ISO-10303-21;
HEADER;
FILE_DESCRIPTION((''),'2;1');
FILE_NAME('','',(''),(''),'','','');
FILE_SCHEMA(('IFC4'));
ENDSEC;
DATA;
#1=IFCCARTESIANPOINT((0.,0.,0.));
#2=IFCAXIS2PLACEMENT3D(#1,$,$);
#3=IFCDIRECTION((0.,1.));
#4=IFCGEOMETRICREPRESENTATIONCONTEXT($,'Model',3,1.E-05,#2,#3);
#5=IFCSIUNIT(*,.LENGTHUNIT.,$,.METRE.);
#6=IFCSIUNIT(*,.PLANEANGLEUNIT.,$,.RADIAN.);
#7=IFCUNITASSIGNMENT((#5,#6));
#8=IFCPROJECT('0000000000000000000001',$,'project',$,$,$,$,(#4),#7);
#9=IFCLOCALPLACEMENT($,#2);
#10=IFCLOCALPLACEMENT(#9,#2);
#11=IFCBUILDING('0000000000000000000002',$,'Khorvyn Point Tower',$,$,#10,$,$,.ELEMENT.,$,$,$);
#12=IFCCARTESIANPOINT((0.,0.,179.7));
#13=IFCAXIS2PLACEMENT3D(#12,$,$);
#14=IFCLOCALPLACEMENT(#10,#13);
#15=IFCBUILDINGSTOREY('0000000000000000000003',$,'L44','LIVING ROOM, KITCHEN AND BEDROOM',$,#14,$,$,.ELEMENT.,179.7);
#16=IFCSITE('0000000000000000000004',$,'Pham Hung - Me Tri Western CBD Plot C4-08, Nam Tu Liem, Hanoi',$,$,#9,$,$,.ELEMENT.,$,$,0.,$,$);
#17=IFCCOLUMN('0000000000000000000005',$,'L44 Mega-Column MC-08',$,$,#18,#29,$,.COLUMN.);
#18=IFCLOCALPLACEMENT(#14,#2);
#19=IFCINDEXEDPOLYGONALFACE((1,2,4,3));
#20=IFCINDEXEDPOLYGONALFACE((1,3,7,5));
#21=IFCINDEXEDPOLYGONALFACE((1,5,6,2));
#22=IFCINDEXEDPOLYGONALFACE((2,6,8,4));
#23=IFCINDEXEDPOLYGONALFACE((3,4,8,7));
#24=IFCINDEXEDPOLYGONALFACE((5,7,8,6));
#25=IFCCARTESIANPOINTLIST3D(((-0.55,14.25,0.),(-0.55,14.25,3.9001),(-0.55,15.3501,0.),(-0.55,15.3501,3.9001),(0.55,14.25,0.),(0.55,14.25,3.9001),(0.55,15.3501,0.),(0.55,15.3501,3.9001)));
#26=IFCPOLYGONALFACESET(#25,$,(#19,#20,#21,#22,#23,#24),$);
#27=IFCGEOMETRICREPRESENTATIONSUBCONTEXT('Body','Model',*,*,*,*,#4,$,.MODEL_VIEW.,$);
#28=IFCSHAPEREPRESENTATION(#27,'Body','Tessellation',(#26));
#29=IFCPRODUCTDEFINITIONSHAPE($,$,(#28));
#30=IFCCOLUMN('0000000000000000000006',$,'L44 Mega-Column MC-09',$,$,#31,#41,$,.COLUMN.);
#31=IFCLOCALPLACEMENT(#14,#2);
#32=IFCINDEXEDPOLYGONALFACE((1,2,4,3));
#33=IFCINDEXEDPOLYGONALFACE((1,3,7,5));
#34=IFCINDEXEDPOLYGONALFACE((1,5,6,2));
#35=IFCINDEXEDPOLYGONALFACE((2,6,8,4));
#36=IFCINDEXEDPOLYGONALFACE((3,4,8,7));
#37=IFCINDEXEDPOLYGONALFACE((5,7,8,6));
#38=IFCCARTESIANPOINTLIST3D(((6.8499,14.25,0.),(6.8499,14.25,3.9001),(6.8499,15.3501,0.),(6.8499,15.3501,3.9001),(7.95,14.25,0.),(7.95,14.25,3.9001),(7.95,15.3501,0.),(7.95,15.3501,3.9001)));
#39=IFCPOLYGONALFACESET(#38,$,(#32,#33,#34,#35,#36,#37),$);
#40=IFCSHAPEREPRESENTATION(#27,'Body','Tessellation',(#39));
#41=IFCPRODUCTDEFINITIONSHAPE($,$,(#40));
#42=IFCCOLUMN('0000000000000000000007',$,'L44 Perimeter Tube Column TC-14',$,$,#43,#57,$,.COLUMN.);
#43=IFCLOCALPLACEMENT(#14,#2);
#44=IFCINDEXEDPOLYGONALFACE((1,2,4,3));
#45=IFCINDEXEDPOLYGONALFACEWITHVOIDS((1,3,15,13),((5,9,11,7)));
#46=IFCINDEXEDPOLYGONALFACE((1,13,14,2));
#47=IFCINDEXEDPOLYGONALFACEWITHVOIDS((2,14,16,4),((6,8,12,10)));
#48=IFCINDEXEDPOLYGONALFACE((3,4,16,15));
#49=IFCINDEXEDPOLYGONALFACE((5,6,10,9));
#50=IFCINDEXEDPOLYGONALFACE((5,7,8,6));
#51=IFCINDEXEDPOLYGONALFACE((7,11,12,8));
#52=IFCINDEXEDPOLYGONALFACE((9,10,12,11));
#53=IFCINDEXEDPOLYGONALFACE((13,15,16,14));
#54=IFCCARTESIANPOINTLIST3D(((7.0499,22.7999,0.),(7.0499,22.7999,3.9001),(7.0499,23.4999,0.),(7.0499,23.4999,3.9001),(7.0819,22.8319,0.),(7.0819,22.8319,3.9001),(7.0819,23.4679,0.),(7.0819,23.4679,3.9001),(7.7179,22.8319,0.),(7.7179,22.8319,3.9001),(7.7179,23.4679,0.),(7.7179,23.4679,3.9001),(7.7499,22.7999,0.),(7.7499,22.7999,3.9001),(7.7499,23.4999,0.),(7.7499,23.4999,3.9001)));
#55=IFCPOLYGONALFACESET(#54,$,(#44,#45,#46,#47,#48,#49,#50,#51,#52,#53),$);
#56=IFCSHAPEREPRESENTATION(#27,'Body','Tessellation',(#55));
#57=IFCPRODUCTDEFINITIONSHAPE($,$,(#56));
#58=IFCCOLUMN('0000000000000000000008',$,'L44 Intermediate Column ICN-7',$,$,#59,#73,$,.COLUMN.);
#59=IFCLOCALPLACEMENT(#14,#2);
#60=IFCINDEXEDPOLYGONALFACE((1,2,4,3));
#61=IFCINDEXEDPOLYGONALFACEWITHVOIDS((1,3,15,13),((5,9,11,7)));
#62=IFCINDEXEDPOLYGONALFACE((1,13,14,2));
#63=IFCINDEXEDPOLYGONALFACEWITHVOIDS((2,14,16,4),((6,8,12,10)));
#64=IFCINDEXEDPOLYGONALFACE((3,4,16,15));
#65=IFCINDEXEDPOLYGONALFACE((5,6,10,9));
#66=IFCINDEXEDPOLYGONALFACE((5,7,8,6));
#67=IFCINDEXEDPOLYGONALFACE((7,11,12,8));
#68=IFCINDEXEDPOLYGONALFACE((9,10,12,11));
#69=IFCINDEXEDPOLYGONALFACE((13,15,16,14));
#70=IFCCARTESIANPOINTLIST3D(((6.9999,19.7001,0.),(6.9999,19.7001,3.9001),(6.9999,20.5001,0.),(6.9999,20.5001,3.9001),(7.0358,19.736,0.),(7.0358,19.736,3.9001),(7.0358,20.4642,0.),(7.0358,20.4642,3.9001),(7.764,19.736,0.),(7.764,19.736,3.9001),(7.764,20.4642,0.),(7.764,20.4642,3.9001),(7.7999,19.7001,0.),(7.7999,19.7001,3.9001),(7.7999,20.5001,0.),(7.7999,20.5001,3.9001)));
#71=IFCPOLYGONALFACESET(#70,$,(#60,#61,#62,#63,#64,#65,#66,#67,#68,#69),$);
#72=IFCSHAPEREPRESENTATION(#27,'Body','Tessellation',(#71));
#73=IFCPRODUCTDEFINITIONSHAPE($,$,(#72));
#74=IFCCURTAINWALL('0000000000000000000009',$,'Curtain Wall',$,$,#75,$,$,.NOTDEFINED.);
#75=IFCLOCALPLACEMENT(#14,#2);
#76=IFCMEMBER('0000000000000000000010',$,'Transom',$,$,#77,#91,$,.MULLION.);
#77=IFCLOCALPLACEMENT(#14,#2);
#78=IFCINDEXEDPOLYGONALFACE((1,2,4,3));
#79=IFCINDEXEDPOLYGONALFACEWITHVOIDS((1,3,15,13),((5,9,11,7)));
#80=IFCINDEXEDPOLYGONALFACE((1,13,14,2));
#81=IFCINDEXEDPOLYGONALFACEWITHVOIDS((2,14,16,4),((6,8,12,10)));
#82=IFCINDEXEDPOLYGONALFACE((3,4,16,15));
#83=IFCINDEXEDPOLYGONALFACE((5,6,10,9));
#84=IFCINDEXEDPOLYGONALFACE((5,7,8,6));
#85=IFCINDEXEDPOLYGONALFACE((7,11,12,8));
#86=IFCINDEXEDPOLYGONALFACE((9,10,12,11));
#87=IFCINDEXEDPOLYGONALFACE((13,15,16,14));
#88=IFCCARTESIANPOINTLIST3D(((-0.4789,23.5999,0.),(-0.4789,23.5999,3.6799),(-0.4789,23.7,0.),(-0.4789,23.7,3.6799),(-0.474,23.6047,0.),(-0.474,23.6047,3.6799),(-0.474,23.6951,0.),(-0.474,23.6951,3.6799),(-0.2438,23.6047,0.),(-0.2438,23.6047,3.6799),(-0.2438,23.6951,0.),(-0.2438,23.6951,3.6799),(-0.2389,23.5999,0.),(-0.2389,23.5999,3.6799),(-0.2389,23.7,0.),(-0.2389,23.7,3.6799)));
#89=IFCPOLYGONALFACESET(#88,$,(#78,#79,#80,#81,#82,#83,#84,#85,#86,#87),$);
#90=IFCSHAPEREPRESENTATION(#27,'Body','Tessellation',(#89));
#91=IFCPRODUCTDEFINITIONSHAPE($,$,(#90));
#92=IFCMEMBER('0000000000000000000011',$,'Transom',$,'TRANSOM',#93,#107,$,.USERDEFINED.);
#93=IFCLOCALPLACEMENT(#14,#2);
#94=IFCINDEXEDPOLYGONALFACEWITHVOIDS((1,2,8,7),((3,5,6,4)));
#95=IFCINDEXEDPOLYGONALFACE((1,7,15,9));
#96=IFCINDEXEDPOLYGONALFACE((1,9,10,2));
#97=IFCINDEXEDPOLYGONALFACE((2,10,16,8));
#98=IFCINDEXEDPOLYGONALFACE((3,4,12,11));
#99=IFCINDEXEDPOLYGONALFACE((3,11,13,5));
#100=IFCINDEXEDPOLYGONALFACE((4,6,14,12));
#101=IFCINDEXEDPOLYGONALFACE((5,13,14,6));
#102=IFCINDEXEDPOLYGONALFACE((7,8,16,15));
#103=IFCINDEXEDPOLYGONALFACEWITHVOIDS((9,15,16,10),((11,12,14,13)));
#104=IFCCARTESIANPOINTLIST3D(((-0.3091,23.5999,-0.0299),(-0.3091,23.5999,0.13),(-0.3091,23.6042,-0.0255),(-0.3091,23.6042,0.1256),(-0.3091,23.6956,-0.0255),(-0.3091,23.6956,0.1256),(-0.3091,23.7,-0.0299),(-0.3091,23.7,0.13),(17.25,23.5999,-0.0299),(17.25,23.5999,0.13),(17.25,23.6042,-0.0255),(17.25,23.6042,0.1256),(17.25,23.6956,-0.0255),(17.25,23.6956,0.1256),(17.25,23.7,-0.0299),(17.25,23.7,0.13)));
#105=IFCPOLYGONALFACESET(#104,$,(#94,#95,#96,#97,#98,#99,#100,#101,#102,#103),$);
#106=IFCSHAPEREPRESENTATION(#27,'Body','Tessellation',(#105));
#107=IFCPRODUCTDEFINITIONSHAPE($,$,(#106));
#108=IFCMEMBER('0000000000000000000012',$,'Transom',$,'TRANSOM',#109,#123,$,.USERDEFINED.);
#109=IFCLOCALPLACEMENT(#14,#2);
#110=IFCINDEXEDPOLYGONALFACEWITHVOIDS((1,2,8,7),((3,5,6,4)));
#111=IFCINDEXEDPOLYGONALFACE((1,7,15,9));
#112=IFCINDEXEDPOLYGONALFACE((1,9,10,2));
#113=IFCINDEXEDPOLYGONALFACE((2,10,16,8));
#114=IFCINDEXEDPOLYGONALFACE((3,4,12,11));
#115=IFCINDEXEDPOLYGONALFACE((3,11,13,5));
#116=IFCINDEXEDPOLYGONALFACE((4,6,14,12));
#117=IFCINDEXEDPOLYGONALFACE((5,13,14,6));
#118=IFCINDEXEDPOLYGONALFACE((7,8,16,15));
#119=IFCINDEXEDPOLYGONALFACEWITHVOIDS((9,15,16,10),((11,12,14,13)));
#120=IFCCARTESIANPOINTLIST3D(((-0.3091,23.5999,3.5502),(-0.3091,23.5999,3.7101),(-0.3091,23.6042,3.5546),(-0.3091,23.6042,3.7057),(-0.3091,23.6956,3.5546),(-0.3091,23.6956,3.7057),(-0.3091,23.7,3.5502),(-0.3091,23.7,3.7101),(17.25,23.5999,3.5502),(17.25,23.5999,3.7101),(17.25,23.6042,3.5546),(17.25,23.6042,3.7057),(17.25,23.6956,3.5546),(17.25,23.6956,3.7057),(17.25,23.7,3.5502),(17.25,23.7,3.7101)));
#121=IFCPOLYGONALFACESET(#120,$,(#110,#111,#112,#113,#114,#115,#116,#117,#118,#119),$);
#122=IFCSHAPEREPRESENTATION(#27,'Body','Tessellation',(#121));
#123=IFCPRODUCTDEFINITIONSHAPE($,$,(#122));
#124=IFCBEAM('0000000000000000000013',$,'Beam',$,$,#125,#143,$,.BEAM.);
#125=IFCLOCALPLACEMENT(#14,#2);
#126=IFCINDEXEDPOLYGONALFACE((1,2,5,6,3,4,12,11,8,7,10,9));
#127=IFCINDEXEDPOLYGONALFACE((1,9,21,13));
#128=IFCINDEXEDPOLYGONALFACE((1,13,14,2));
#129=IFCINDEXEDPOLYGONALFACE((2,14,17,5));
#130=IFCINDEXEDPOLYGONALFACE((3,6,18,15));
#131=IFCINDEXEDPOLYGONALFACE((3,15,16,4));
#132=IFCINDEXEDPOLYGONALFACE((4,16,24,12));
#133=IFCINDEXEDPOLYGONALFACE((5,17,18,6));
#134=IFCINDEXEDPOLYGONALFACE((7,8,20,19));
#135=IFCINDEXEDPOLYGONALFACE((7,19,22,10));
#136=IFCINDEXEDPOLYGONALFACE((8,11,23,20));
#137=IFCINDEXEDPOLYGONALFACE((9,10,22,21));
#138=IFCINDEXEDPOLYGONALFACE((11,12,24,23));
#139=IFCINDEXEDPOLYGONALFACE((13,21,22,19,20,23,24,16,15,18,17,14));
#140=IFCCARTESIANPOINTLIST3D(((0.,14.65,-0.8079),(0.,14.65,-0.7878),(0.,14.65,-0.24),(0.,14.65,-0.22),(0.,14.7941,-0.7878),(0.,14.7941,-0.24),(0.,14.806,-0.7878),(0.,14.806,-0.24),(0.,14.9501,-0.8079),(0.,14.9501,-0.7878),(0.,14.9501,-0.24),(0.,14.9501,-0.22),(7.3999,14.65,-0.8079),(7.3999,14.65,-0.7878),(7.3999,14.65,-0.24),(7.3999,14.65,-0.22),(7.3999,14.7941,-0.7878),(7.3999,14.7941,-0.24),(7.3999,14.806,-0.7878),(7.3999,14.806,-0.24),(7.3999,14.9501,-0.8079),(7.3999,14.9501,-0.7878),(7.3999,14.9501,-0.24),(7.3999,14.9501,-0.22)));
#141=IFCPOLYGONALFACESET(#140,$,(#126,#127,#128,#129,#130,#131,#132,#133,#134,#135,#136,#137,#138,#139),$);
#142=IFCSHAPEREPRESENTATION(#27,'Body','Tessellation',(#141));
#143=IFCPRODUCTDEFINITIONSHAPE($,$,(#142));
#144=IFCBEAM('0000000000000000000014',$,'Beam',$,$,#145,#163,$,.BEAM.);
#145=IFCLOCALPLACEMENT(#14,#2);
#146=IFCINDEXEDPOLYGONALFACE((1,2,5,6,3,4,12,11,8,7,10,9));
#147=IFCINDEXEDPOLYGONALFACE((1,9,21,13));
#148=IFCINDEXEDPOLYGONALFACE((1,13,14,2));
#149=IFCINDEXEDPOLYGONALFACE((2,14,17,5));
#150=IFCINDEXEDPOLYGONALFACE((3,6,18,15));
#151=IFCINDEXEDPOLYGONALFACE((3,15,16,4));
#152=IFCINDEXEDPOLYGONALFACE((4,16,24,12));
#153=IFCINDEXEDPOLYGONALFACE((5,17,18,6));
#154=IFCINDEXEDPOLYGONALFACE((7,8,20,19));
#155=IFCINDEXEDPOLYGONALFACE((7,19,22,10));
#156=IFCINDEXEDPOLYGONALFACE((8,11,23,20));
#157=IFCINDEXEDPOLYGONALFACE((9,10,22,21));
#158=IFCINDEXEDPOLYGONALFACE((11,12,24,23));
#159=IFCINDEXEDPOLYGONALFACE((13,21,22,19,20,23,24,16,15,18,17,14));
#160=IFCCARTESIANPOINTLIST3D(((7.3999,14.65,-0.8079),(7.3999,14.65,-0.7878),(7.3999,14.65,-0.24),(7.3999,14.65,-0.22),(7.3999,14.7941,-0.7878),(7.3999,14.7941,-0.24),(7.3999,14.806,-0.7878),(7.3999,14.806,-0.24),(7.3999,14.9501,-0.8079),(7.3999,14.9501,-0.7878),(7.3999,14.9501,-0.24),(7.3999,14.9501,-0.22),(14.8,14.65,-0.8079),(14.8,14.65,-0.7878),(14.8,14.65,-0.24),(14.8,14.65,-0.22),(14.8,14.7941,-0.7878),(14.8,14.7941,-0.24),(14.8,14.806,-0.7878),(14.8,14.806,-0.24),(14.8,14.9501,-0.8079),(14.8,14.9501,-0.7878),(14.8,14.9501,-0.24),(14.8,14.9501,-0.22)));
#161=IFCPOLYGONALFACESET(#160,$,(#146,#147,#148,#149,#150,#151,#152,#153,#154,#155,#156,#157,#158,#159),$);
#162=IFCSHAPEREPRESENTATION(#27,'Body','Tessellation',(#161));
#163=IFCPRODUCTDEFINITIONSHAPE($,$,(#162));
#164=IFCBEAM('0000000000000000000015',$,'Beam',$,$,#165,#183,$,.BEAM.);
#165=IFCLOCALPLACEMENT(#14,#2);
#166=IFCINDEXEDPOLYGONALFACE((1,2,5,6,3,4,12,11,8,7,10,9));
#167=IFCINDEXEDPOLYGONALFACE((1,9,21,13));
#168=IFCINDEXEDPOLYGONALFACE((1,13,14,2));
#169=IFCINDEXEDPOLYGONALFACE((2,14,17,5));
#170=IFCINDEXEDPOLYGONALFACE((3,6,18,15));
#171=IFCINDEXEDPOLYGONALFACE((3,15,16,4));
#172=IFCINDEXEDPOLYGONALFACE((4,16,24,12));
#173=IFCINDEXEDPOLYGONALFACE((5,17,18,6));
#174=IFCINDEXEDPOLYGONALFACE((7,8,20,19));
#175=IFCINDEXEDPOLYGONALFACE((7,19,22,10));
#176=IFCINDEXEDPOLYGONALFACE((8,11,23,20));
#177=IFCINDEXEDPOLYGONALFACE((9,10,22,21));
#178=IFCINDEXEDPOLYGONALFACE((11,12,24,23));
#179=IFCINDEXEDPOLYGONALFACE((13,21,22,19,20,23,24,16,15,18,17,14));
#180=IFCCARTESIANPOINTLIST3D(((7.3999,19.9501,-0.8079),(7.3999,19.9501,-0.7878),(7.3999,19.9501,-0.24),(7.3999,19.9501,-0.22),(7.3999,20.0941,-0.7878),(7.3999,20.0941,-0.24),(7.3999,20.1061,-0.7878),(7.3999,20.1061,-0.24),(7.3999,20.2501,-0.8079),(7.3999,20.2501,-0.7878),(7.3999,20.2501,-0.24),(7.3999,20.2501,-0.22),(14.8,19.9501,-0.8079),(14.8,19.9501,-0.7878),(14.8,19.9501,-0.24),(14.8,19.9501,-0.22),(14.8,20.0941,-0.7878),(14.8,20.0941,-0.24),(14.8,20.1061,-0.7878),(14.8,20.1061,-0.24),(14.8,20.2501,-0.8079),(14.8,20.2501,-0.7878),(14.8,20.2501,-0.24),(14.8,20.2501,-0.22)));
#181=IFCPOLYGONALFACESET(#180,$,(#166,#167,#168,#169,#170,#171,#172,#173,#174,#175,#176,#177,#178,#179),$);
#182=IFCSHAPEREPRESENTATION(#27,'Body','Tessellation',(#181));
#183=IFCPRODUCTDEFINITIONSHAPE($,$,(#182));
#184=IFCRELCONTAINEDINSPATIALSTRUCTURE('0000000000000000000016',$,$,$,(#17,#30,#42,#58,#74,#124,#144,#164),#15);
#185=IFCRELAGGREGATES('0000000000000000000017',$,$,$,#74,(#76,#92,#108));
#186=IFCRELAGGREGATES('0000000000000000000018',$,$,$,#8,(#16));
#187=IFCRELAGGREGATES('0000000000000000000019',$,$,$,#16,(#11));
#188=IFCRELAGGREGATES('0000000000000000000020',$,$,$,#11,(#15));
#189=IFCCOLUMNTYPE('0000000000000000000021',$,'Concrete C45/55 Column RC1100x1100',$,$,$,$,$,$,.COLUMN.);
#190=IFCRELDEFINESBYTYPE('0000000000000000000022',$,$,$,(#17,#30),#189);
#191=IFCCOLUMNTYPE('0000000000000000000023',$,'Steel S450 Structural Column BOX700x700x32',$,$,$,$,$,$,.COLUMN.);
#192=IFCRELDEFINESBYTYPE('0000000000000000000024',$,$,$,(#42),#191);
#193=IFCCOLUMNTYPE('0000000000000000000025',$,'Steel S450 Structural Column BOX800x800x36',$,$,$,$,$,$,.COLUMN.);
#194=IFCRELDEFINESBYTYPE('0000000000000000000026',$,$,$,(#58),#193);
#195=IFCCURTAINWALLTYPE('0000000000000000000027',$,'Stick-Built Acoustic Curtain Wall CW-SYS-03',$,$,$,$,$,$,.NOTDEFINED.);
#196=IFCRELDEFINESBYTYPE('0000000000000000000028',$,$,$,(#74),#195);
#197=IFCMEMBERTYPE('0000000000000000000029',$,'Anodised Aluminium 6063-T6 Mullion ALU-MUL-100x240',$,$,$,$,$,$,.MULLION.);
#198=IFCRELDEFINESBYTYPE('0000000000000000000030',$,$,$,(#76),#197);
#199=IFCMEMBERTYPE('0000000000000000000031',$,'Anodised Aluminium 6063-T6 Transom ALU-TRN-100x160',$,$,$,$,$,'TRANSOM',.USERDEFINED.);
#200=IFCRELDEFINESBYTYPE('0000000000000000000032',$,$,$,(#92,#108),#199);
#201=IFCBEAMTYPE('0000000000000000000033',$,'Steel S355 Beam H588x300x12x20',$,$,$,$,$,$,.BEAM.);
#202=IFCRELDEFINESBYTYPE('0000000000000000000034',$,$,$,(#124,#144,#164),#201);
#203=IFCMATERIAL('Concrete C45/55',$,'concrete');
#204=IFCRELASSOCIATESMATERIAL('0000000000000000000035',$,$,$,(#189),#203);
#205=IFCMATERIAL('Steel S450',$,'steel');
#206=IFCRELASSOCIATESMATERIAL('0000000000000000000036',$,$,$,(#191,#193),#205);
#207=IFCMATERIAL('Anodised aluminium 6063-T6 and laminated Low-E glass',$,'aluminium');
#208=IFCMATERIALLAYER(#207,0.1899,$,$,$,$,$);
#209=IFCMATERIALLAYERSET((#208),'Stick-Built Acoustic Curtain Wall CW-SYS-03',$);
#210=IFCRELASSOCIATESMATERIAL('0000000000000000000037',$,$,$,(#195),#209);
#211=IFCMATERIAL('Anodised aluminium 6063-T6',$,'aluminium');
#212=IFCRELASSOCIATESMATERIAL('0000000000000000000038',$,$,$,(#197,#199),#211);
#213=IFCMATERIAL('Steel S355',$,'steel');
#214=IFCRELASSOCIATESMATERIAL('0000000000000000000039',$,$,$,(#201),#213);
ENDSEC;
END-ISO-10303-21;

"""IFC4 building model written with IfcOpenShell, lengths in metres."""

from ifc_helpers import new_model, si_unit, direction, frame, origin, origin_2d, place, context, subcontext, project, spatial, rectangle, hollow_rectangle, i_section, extrude, material, layer, layer_set, material_profile, profile_set, type_object, element, aggregate, save


model = new_model("IFC4")

# Units and contexts
model_context = context("Model", 3, precision=1e-05, world=origin(), true_north=direction((0.0, 1.0)))
body_context = subcontext(model_context, "Body", "Model", "MODEL_VIEW")
ifc_project = project(units=[si_unit("LENGTHUNIT", "METRE"), si_unit("PLANEANGLEUNIT", "RADIAN")], contexts=[model_context])

# Site, building, storey
site_placement = place(None, origin())
site = spatial("IfcSite", under=ifc_project, at=site_placement, Name="Pham Hung - Me Tri Western CBD Plot C4-08, Nam Tu Liem, Hanoi", CompositionType="ELEMENT", RefElevation=0.0)
building_placement = place(site_placement, origin())
building = spatial("IfcBuilding", under=site, at=building_placement, Name="Khorvyn Point Tower", CompositionType="ELEMENT")
storey_placement = place(building_placement, frame((0.0, 0.0, 179.7)))
storey = spatial("IfcBuildingStorey", under=building, at=storey_placement, Name="L44", Description="LIVING ROOM, KITCHEN AND BEDROOM", CompositionType="ELEMENT", Elevation=179.7)

# Columns
ifc_material_1 = material(Name="Concrete C45/55", Category="concrete")
ifc_material_profile_1 = material_profile(ifc_material_1, rectangle(XDim=1.1001, YDim=1.1001, at=origin_2d()))
ifc_profile_set_1 = profile_set([ifc_material_profile_1], Name="Concrete C45/55 RC1100x1100")
column_type_1 = type_object("IfcColumnType", Name="Concrete C45/55 Column RC1100x1100", PredefinedType="COLUMN", material=ifc_profile_set_1)
for number, where, z_axis, x_axis, name in (
    (1, (0.0, 14.8, 0.0), (0.0, 0.0, 1.0), (1.0, 0.0, 0.0), "L44 Mega-Column MC-08"),
    (2, (7.3999, 14.8, 0.0), (0.0, 0.0, 1.0), (1.0, 0.0, 0.0), "L44 Mega-Column MC-09"),
):
    element("IfcColumn", number, at=place(storey_placement, frame(where, z_axis=z_axis, x_axis=x_axis)), inside=storey, type_object=column_type_1, Name=name, PredefinedType="COLUMN", context=body_context, shape_type="SweptSolid", body=[
        extrude(rectangle(XDim=1.1001, YDim=1.1001, at=origin_2d()), origin(), (0.0, 0.0, 1.0), 3.9001),
    ])
ifc_material_2 = material(Name="Steel S450", Category="steel")
ifc_material_profile_2 = material_profile(ifc_material_2, hollow_rectangle(XDim=0.7, YDim=0.7, WallThickness=0.032, at=origin_2d()))
ifc_profile_set_2 = profile_set([ifc_material_profile_2], Name="Steel S450 BOX700x700x32")
column_type_2 = type_object("IfcColumnType", Name="Steel S450 Structural Column BOX700x700x32", PredefinedType="COLUMN", material=ifc_profile_set_2)
column_1_placement = place(storey_placement, frame((7.3999, 23.1499, 0.0), z_axis=(0.0, 0.0, 1.0), x_axis=(1.0, 0.0, 0.0)))
element("IfcColumn", 3, at=column_1_placement, inside=storey, type_object=column_type_2, Name="L44 Perimeter Tube Column TC-14", PredefinedType="COLUMN", context=body_context, shape_type="SweptSolid", body=[
    extrude(hollow_rectangle(XDim=0.7, YDim=0.7, WallThickness=0.032, at=origin_2d()), origin(), (0.0, 0.0, 1.0), 3.9001),
])
ifc_material_profile_3 = material_profile(ifc_material_2, hollow_rectangle(XDim=0.8, YDim=0.8, WallThickness=0.0359, at=origin_2d()))
ifc_profile_set_3 = profile_set([ifc_material_profile_3], Name="Steel S450 BOX800x800x36")
column_type_3 = type_object("IfcColumnType", Name="Steel S450 Structural Column BOX800x800x36", PredefinedType="COLUMN", material=ifc_profile_set_3)
column_2_placement = place(storey_placement, frame((7.3999, 20.1001, 0.0), z_axis=(0.0, 0.0, 1.0), x_axis=(1.0, 0.0, 0.0)))
element("IfcColumn", 4, at=column_2_placement, inside=storey, type_object=column_type_3, Name="L44 Intermediate Column ICN-7", PredefinedType="COLUMN", context=body_context, shape_type="SweptSolid", body=[
    extrude(hollow_rectangle(XDim=0.8, YDim=0.8, WallThickness=0.0359, at=origin_2d()), origin(), (0.0, 0.0, 1.0), 3.9001),
])

# Curtain wall, members
ifc_material_3 = material(Name="Anodised aluminium 6063-T6 and laminated Low-E glass", Category="aluminium")
ifc_layer_1 = layer(ifc_material_3, 0.1899)
ifc_layer_set_1 = layer_set([ifc_layer_1], Name="Stick-Built Acoustic Curtain Wall CW-SYS-03")
curtain_wall_type = type_object("IfcCurtainWallType", Name="Stick-Built Acoustic Curtain Wall CW-SYS-03", PredefinedType="NOTDEFINED", material=ifc_layer_set_1)
curtain_wall_placement = place(storey_placement, origin())
curtain_wall = element("IfcCurtainWall", 5, at=curtain_wall_placement, inside=storey, type_object=curtain_wall_type, Name="Curtain Wall", PredefinedType="NOTDEFINED")
ifc_material_4 = material(Name="Anodised aluminium 6063-T6", Category="aluminium")
ifc_material_profile_4 = material_profile(ifc_material_4, hollow_rectangle(XDim=0.1001, YDim=0.24, WallThickness=0.0049, at=origin_2d()))
ifc_profile_set_4 = profile_set([ifc_material_profile_4], Name="Anodised aluminium 6063-T6 ALU-MUL-100x240")
member_type_1 = type_object("IfcMemberType", Name="Anodised Aluminium 6063-T6 Mullion ALU-MUL-100x240", PredefinedType="MULLION", material=ifc_profile_set_4)
member_1_placement = place(storey_placement, frame((-0.3589, 23.6499, 0.0), z_axis=(0.0, 0.0, 1.0), x_axis=(0.0, 1.0, 0.0)))
member_1 = element("IfcMember", 6, at=member_1_placement, type_object=member_type_1, Name="Transom", PredefinedType="MULLION", context=body_context, shape_type="SweptSolid", body=[
    extrude(hollow_rectangle(XDim=0.1001, YDim=0.24, WallThickness=0.0049, at=origin_2d()), origin(), (0.0, 0.0, 1.0), 3.6799),
])
ifc_material_profile_5 = material_profile(ifc_material_4, hollow_rectangle(XDim=0.1001, YDim=0.1599, WallThickness=0.0044, at=origin_2d()))
ifc_profile_set_5 = profile_set([ifc_material_profile_5], Name="Anodised aluminium 6063-T6 ALU-TRN-100x160")
member_type_2 = type_object("IfcMemberType", Name="Anodised Aluminium 6063-T6 Transom ALU-TRN-100x160", ElementType="TRANSOM", PredefinedType="USERDEFINED", material=ifc_profile_set_5)
member_2_placement = place(storey_placement, frame((-0.3091, 23.6499, 0.05), z_axis=(1.0, 0.0, 0.0), x_axis=(0.0, 1.0, 0.0)))
member_2 = element("IfcMember", 7, at=member_2_placement, type_object=member_type_2, Name="Transom", ObjectType="TRANSOM", PredefinedType="USERDEFINED", context=body_context, shape_type="SweptSolid", body=[
    extrude(hollow_rectangle(XDim=0.1001, YDim=0.1599, WallThickness=0.0044, at=origin_2d()), origin(), (0.0, 0.0, 1.0), 17.5591),
])
member_3_placement = place(storey_placement, frame((-0.3091, 23.6499, 3.6301), z_axis=(1.0, 0.0, 0.0), x_axis=(0.0, 1.0, 0.0)))
member_3 = element("IfcMember", 8, at=member_3_placement, type_object=member_type_2, Name="Transom", ObjectType="TRANSOM", PredefinedType="USERDEFINED", context=body_context, shape_type="SweptSolid", body=[
    extrude(hollow_rectangle(XDim=0.1001, YDim=0.1599, WallThickness=0.0044, at=origin_2d()), origin(), (0.0, 0.0, 1.0), 17.5591),
])

# Beams
ifc_material_5 = material(Name="Steel S355", Category="steel")
ifc_material_profile_6 = material_profile(ifc_material_5, i_section(OverallWidth=0.3, OverallDepth=0.5879, WebThickness=0.012, FlangeThickness=0.02, at=origin_2d()))
ifc_profile_set_6 = profile_set([ifc_material_profile_6], Name="Steel S355 H588x300x12x20")
beam_type_1 = type_object("IfcBeamType", Name="Steel S355 Beam H588x300x12x20", PredefinedType="BEAM", material=ifc_profile_set_6)
beam_1_placement = place(storey_placement, frame((0.0, 14.8, -0.5139), z_axis=(1.0, 0.0, 0.0), x_axis=(0.0, 1.0, 0.0)))
element("IfcBeam", 9, at=beam_1_placement, inside=storey, type_object=beam_type_1, Name="Beam", PredefinedType="BEAM", context=body_context, shape_type="SweptSolid", body=[
    extrude(i_section(OverallWidth=0.3, OverallDepth=0.5879, WebThickness=0.012, FlangeThickness=0.02, at=origin_2d()), origin(), (0.0, 0.0, 1.0), 7.3999),
])
for number, where, z_axis, x_axis, name in (
    (10, (7.3999, 14.8, -0.5139), (1.0, 0.0, 0.0), (0.0, 1.0, 0.0), "Beam"),
    (11, (7.3999, 20.1001, -0.5139), (1.0, 0.0, 0.0), (0.0, 1.0, 0.0), "Beam"),
):
    element("IfcBeam", number, at=place(storey_placement, frame(where, z_axis=z_axis, x_axis=x_axis)), inside=storey, type_object=beam_type_1, Name=name, PredefinedType="BEAM", context=body_context, shape_type="SweptSolid", body=[
        extrude(i_section(OverallWidth=0.3, OverallDepth=0.5879, WebThickness=0.012, FlangeThickness=0.02, at=origin_2d()), origin(), (0.0, 0.0, 1.0), 7.4001),
    ])

aggregate(curtain_wall, [member_1, member_2, member_3])

save(model, "model.ifc")
